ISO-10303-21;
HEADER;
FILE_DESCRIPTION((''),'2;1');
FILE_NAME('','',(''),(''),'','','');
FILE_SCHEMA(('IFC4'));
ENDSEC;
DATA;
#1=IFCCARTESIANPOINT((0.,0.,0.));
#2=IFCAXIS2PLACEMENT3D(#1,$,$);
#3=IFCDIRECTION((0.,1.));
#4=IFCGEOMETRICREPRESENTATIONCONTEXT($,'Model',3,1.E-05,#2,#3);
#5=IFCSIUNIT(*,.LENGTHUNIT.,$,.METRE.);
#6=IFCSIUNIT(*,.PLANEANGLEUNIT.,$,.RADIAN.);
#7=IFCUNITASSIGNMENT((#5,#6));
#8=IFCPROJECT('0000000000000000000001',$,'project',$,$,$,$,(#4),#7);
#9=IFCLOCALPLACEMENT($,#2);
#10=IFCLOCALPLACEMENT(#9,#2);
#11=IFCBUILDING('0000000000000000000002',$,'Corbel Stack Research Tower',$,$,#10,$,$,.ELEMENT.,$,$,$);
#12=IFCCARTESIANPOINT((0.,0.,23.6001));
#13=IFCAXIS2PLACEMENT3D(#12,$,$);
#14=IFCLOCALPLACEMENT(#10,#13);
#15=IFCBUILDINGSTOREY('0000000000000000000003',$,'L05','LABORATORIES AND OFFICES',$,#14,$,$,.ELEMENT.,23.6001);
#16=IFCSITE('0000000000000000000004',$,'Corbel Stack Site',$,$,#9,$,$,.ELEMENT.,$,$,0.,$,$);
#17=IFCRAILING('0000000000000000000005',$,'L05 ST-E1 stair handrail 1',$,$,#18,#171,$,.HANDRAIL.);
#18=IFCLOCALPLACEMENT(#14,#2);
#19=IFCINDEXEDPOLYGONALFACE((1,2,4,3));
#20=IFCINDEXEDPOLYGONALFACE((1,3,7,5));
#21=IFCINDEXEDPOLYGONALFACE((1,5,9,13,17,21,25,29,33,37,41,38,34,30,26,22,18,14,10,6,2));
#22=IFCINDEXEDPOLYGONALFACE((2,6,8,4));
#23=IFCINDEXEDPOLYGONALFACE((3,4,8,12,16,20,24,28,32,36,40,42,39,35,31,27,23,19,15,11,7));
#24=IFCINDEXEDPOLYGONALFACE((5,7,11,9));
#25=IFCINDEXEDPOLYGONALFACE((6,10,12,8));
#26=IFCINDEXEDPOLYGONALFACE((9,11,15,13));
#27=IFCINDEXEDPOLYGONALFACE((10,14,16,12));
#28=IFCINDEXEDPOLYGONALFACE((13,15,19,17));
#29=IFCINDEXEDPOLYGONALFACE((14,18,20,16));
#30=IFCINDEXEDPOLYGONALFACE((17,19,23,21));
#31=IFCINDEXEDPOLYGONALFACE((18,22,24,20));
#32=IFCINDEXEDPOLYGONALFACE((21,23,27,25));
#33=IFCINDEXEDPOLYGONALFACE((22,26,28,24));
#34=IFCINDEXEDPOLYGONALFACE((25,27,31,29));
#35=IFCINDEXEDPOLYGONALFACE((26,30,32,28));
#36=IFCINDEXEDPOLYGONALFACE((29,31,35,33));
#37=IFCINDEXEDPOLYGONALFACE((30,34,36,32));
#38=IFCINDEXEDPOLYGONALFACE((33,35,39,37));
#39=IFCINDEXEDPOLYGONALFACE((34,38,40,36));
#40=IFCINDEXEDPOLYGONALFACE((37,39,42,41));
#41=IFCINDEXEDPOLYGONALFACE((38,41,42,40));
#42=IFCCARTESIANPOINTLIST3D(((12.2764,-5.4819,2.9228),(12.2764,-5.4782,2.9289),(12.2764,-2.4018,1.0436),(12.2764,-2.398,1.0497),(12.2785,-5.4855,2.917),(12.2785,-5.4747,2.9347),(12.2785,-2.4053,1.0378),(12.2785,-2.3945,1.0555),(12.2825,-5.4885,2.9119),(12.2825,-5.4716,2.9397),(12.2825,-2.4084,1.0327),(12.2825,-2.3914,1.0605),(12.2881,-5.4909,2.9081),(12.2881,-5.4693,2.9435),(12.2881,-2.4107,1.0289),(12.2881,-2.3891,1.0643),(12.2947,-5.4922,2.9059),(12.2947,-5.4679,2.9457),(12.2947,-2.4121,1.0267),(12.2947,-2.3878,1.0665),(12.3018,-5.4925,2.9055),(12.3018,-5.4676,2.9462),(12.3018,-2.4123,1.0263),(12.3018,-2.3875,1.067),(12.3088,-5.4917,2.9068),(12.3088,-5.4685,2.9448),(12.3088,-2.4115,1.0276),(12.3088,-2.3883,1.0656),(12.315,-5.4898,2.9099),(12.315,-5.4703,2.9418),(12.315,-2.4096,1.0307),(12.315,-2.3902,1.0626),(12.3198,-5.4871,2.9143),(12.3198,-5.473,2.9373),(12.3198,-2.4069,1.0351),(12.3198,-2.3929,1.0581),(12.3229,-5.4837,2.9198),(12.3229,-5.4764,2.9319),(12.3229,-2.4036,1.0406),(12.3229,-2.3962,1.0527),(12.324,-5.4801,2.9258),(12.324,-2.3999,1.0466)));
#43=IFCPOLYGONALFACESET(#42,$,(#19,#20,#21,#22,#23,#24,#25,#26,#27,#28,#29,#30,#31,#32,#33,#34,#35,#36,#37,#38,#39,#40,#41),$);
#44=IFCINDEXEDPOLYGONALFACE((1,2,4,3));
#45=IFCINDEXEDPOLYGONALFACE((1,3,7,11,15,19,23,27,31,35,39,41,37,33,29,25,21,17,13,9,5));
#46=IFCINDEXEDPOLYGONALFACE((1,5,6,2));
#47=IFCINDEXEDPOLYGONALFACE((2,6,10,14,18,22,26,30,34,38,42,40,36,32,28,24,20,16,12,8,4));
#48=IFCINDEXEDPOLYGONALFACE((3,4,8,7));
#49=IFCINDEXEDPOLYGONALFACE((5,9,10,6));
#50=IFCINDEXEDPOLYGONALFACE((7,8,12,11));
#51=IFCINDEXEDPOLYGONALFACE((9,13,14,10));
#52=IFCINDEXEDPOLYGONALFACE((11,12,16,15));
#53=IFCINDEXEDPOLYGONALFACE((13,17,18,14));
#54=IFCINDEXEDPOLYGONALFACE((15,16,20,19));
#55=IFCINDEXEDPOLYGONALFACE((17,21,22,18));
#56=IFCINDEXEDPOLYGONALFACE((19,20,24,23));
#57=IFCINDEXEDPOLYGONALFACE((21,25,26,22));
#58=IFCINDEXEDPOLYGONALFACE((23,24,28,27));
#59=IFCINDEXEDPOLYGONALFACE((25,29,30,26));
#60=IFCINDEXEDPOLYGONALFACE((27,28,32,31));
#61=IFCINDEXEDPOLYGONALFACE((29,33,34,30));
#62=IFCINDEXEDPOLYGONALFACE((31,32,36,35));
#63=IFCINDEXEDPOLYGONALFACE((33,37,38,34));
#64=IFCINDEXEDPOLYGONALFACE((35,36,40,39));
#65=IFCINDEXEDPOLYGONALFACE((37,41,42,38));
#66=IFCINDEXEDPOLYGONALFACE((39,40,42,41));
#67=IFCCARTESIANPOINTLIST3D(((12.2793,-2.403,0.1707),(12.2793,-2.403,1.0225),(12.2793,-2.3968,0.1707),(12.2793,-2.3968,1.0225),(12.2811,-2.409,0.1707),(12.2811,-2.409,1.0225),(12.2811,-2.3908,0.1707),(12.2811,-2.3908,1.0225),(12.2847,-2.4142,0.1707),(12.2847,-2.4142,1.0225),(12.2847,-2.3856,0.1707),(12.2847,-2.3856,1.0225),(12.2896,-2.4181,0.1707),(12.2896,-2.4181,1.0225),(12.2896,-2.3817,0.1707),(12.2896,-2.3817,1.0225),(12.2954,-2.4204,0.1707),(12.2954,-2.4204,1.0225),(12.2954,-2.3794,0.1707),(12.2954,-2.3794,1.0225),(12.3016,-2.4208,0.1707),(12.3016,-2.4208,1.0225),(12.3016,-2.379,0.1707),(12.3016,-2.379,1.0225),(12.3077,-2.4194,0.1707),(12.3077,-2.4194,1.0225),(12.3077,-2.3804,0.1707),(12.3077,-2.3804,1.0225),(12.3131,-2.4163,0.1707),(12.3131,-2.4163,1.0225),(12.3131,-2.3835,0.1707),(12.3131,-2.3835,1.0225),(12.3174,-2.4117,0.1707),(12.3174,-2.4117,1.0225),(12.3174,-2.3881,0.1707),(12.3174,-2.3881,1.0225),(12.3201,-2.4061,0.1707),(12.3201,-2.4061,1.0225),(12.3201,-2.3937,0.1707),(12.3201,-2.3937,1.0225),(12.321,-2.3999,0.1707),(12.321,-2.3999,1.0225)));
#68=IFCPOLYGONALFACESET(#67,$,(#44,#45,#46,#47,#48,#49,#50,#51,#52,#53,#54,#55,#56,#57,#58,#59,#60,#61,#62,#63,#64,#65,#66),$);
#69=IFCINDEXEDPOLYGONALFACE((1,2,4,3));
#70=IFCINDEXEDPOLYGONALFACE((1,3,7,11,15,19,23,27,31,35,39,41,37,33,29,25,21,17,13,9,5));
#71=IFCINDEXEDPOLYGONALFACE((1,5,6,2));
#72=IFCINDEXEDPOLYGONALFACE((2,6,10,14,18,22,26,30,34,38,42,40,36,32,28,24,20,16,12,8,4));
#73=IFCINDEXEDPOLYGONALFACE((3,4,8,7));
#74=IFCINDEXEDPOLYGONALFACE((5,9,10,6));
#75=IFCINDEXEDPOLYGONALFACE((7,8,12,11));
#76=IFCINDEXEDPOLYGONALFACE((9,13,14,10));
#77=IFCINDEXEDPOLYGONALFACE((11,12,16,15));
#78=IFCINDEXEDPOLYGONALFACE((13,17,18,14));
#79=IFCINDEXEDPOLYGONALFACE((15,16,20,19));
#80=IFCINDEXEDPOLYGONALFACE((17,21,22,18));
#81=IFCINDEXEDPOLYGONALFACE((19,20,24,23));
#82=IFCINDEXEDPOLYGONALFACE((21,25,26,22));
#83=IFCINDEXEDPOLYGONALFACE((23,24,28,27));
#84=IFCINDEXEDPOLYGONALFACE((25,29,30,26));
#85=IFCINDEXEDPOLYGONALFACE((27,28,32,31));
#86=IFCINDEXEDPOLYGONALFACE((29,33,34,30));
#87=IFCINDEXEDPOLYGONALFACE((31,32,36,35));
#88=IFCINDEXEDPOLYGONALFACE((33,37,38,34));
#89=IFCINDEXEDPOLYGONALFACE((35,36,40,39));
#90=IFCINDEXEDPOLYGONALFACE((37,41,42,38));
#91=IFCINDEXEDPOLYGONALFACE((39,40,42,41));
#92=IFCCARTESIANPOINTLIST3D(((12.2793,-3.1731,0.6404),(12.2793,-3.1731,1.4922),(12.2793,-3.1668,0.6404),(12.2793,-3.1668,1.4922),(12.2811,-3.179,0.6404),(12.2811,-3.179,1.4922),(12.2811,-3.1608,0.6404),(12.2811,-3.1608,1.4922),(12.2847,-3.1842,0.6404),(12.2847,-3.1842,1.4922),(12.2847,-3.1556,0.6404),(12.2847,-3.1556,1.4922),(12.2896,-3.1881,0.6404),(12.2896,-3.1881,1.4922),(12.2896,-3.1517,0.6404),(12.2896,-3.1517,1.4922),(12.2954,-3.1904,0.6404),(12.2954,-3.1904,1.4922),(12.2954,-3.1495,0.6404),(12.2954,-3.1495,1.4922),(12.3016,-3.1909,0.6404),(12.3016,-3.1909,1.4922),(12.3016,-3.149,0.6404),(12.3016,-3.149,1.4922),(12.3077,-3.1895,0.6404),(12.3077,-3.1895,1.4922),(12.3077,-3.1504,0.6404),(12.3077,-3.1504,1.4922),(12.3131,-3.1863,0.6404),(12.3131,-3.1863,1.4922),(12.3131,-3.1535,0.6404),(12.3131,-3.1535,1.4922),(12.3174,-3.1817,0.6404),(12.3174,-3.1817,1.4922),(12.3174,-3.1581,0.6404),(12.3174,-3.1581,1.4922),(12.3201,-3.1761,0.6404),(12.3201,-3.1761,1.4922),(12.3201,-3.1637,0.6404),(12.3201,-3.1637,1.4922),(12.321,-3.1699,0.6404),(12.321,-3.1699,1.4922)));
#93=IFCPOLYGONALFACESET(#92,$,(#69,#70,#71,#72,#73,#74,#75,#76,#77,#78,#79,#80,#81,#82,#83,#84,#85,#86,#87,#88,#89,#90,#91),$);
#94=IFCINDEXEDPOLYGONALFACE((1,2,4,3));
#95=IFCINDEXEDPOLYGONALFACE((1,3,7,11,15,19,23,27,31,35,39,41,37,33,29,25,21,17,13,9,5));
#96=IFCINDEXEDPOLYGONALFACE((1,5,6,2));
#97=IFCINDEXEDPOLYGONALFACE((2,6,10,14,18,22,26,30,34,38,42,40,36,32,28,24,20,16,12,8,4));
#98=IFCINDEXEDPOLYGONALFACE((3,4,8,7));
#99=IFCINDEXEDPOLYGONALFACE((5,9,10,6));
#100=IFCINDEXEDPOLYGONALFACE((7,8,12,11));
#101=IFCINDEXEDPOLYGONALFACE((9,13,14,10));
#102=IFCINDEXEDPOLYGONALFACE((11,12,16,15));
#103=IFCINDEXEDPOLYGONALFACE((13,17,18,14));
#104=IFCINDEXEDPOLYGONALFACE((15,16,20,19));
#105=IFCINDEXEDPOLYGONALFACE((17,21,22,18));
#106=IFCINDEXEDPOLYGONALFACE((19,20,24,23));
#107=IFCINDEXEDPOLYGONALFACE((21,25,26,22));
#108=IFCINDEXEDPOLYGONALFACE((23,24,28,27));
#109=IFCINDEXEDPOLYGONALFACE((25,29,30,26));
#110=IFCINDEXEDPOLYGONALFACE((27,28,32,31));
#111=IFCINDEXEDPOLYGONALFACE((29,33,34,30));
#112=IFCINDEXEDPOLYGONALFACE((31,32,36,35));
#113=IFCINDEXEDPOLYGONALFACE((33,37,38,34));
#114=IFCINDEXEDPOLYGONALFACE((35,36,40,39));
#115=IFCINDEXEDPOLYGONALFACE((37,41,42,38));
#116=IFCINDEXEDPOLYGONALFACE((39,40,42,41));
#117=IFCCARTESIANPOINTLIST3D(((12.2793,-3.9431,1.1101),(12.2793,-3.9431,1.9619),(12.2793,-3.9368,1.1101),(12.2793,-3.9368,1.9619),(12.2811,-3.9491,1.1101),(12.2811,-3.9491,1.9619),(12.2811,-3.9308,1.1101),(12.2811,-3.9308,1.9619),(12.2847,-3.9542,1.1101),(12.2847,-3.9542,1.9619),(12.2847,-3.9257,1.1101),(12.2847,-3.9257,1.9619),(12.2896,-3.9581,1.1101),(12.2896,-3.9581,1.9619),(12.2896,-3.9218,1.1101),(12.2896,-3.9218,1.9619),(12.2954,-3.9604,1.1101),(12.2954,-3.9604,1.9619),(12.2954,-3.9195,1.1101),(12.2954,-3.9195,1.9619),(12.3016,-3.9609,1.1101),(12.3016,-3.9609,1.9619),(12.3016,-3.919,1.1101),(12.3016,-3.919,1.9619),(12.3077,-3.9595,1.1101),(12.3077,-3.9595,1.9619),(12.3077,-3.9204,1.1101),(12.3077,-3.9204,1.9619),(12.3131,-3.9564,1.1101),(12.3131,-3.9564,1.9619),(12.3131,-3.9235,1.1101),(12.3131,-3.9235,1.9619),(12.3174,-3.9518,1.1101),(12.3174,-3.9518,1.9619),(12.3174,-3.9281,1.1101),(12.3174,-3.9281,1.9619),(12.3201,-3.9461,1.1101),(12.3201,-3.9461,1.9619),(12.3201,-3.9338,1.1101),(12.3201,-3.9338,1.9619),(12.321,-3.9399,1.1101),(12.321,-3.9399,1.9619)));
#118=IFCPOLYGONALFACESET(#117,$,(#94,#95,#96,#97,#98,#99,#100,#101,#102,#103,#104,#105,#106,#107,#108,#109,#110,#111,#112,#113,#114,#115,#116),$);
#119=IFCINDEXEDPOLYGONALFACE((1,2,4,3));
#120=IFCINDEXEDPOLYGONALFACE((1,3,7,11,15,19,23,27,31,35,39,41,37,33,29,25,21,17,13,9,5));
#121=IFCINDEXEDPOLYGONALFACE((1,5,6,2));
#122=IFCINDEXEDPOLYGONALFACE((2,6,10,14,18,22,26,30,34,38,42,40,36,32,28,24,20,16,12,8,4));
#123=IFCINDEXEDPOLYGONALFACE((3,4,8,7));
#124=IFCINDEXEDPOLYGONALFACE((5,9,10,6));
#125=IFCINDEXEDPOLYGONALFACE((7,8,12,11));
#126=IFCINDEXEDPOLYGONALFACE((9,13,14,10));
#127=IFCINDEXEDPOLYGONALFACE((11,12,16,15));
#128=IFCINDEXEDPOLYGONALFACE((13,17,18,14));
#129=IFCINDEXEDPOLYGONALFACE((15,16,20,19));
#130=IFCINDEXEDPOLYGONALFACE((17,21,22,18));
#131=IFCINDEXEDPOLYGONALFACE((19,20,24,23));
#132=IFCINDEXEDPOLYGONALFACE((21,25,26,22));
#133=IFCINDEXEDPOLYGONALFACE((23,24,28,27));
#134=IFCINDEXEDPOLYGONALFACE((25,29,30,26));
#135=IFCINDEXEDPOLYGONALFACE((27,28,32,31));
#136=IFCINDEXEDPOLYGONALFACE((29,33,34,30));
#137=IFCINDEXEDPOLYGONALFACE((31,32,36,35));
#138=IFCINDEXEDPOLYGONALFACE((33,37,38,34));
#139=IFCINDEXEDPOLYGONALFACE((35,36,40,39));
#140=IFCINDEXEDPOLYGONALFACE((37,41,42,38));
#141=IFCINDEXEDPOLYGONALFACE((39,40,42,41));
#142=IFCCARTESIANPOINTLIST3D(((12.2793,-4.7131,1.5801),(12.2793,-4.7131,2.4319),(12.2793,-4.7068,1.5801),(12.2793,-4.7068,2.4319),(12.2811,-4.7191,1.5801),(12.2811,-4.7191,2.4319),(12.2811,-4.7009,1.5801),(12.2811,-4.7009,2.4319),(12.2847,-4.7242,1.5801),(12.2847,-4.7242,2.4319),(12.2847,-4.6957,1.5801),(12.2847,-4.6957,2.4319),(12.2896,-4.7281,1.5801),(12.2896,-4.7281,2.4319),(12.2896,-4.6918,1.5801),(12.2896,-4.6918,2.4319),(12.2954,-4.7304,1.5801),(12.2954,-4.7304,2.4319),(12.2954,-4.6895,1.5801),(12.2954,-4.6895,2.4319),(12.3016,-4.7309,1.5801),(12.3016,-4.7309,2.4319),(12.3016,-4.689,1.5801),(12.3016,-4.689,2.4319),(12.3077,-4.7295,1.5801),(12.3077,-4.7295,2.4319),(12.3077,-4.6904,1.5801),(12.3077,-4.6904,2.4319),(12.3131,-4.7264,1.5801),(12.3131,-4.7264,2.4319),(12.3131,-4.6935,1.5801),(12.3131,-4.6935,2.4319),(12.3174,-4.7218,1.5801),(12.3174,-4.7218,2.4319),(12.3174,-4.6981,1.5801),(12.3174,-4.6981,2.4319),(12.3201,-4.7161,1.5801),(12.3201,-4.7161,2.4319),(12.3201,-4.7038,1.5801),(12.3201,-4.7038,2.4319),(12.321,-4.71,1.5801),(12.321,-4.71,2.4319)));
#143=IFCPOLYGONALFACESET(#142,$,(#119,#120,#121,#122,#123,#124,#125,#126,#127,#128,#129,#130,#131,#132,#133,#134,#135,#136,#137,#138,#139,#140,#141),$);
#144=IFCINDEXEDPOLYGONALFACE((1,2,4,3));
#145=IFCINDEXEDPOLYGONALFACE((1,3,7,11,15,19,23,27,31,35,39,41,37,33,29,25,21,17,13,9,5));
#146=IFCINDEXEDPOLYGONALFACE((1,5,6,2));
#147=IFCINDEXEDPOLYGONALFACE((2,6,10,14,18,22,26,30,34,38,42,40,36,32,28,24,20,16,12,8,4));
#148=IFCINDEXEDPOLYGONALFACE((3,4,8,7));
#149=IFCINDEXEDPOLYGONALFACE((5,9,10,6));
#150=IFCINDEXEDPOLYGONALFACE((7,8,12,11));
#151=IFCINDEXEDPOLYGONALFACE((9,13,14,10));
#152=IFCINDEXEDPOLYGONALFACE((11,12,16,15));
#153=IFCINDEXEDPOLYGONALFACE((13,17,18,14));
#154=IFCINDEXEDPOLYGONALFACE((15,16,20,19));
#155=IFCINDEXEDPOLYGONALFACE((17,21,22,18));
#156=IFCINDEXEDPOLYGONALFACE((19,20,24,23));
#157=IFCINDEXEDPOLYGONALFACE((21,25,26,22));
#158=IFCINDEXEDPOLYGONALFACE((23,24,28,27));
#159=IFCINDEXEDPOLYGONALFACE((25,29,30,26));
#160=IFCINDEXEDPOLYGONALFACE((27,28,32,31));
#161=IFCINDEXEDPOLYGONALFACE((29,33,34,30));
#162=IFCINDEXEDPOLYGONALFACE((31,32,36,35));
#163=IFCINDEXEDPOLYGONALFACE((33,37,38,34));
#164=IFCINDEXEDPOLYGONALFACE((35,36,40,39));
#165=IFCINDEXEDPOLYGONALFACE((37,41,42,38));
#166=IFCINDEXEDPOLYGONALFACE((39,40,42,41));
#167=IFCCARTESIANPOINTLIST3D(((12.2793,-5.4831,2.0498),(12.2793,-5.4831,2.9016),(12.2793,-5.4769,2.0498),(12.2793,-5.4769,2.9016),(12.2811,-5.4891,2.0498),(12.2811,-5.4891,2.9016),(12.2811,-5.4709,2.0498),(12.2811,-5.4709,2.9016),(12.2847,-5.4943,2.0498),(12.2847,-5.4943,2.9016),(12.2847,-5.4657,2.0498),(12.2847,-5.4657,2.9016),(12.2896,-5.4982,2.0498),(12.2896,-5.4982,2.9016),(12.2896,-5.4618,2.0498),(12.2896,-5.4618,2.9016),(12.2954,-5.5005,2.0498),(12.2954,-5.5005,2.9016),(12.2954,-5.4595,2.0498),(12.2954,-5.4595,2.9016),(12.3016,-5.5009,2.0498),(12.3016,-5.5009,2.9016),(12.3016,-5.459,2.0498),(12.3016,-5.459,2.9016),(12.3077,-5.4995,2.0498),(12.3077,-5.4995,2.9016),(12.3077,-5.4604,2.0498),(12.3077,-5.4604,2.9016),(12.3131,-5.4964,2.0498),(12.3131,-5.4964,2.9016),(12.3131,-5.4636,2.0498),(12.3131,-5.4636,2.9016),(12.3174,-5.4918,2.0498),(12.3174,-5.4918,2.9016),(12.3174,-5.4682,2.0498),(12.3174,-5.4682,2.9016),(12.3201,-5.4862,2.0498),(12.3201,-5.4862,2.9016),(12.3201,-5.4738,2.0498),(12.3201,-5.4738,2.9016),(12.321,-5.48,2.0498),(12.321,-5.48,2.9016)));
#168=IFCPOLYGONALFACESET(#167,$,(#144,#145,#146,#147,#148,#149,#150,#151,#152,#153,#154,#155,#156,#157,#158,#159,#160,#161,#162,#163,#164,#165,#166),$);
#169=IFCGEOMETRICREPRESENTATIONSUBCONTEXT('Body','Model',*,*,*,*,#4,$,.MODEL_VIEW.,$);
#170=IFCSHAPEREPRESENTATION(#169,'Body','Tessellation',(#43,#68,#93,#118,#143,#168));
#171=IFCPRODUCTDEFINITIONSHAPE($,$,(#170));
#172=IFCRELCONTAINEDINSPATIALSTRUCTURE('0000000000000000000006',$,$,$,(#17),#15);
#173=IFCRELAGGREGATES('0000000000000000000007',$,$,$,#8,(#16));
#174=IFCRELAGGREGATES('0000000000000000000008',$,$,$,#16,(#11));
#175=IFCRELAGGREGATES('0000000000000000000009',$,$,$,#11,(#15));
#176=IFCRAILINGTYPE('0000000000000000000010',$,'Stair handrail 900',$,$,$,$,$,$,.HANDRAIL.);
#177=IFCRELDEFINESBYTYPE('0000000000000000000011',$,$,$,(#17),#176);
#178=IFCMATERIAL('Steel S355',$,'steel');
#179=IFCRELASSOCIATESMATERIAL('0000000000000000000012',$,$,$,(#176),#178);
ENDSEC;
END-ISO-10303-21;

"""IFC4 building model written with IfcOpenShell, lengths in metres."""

from ifc_helpers import new_model, si_unit, direction, frame, origin, origin_2d, place, context, subcontext, project, spatial, circle, extrude, material, type_object, element, save


model = new_model("IFC4")

# Units and contexts
model_context = context("Model", 3, precision=1e-05, world=origin(), true_north=direction((0.0, 1.0)))
body_context = subcontext(model_context, "Body", "Model", "MODEL_VIEW")
ifc_project = project(units=[si_unit("LENGTHUNIT", "METRE"), si_unit("PLANEANGLEUNIT", "RADIAN")], contexts=[model_context])

# Site, building, storey
site_placement = place(None, origin())
site = spatial("IfcSite", under=ifc_project, at=site_placement, Name="Corbel Stack Site", CompositionType="ELEMENT", RefElevation=0.0)
building_placement = place(site_placement, origin())
building = spatial("IfcBuilding", under=site, at=building_placement, Name="Corbel Stack Research Tower", CompositionType="ELEMENT")
storey_placement = place(building_placement, frame((0.0, 0.0, 23.6001)))
storey = spatial("IfcBuildingStorey", under=building, at=storey_placement, Name="L05", Description="LABORATORIES AND OFFICES", CompositionType="ELEMENT", Elevation=23.6001)

# Railing
ifc_material_1 = material(Name="Steel S355", Category="steel")
railing_type_1 = type_object("IfcRailingType", Name="Stair handrail 900", PredefinedType="HANDRAIL", material=ifc_material_1)
railing_1_placement = place(storey_placement, frame((12.3, -2.3999, 0.1707)))
element("IfcRailing", 1, at=railing_1_placement, inside=storey, type_object=railing_type_1, Name="L05 ST-E1 stair handrail 1", PredefinedType="HANDRAIL", context=body_context, shape_type="SweptSolid", body=[
    extrude(circle(Radius=0.0239, at=origin_2d()), frame((0.0, 0.0, 0.876), z_axis=(0.0, -0.853666, 0.52082), x_axis=(1.0, 0.0, 0.0)), (0.0, 0.0, 1.0), 3.6082),
    extrude(circle(Radius=0.021, at=origin_2d()), origin(), (0.0, 0.0, 1.0), 0.8518),
    extrude(circle(Radius=0.021, at=origin_2d()), frame((0.0, -0.77, 0.4697)), (0.0, 0.0, 1.0), 0.8518),
    extrude(circle(Radius=0.021, at=origin_2d()), frame((0.0, -1.54, 0.9395)), (0.0, 0.0, 1.0), 0.8518),
    extrude(circle(Radius=0.021, at=origin_2d()), frame((0.0, -2.3101, 1.4094)), (0.0, 0.0, 1.0), 0.8518),
    extrude(circle(Radius=0.021, at=origin_2d()), frame((0.0, -3.0801, 1.8792)), (0.0, 0.0, 1.0), 0.8518),
])

save(model, "model.ifc")
